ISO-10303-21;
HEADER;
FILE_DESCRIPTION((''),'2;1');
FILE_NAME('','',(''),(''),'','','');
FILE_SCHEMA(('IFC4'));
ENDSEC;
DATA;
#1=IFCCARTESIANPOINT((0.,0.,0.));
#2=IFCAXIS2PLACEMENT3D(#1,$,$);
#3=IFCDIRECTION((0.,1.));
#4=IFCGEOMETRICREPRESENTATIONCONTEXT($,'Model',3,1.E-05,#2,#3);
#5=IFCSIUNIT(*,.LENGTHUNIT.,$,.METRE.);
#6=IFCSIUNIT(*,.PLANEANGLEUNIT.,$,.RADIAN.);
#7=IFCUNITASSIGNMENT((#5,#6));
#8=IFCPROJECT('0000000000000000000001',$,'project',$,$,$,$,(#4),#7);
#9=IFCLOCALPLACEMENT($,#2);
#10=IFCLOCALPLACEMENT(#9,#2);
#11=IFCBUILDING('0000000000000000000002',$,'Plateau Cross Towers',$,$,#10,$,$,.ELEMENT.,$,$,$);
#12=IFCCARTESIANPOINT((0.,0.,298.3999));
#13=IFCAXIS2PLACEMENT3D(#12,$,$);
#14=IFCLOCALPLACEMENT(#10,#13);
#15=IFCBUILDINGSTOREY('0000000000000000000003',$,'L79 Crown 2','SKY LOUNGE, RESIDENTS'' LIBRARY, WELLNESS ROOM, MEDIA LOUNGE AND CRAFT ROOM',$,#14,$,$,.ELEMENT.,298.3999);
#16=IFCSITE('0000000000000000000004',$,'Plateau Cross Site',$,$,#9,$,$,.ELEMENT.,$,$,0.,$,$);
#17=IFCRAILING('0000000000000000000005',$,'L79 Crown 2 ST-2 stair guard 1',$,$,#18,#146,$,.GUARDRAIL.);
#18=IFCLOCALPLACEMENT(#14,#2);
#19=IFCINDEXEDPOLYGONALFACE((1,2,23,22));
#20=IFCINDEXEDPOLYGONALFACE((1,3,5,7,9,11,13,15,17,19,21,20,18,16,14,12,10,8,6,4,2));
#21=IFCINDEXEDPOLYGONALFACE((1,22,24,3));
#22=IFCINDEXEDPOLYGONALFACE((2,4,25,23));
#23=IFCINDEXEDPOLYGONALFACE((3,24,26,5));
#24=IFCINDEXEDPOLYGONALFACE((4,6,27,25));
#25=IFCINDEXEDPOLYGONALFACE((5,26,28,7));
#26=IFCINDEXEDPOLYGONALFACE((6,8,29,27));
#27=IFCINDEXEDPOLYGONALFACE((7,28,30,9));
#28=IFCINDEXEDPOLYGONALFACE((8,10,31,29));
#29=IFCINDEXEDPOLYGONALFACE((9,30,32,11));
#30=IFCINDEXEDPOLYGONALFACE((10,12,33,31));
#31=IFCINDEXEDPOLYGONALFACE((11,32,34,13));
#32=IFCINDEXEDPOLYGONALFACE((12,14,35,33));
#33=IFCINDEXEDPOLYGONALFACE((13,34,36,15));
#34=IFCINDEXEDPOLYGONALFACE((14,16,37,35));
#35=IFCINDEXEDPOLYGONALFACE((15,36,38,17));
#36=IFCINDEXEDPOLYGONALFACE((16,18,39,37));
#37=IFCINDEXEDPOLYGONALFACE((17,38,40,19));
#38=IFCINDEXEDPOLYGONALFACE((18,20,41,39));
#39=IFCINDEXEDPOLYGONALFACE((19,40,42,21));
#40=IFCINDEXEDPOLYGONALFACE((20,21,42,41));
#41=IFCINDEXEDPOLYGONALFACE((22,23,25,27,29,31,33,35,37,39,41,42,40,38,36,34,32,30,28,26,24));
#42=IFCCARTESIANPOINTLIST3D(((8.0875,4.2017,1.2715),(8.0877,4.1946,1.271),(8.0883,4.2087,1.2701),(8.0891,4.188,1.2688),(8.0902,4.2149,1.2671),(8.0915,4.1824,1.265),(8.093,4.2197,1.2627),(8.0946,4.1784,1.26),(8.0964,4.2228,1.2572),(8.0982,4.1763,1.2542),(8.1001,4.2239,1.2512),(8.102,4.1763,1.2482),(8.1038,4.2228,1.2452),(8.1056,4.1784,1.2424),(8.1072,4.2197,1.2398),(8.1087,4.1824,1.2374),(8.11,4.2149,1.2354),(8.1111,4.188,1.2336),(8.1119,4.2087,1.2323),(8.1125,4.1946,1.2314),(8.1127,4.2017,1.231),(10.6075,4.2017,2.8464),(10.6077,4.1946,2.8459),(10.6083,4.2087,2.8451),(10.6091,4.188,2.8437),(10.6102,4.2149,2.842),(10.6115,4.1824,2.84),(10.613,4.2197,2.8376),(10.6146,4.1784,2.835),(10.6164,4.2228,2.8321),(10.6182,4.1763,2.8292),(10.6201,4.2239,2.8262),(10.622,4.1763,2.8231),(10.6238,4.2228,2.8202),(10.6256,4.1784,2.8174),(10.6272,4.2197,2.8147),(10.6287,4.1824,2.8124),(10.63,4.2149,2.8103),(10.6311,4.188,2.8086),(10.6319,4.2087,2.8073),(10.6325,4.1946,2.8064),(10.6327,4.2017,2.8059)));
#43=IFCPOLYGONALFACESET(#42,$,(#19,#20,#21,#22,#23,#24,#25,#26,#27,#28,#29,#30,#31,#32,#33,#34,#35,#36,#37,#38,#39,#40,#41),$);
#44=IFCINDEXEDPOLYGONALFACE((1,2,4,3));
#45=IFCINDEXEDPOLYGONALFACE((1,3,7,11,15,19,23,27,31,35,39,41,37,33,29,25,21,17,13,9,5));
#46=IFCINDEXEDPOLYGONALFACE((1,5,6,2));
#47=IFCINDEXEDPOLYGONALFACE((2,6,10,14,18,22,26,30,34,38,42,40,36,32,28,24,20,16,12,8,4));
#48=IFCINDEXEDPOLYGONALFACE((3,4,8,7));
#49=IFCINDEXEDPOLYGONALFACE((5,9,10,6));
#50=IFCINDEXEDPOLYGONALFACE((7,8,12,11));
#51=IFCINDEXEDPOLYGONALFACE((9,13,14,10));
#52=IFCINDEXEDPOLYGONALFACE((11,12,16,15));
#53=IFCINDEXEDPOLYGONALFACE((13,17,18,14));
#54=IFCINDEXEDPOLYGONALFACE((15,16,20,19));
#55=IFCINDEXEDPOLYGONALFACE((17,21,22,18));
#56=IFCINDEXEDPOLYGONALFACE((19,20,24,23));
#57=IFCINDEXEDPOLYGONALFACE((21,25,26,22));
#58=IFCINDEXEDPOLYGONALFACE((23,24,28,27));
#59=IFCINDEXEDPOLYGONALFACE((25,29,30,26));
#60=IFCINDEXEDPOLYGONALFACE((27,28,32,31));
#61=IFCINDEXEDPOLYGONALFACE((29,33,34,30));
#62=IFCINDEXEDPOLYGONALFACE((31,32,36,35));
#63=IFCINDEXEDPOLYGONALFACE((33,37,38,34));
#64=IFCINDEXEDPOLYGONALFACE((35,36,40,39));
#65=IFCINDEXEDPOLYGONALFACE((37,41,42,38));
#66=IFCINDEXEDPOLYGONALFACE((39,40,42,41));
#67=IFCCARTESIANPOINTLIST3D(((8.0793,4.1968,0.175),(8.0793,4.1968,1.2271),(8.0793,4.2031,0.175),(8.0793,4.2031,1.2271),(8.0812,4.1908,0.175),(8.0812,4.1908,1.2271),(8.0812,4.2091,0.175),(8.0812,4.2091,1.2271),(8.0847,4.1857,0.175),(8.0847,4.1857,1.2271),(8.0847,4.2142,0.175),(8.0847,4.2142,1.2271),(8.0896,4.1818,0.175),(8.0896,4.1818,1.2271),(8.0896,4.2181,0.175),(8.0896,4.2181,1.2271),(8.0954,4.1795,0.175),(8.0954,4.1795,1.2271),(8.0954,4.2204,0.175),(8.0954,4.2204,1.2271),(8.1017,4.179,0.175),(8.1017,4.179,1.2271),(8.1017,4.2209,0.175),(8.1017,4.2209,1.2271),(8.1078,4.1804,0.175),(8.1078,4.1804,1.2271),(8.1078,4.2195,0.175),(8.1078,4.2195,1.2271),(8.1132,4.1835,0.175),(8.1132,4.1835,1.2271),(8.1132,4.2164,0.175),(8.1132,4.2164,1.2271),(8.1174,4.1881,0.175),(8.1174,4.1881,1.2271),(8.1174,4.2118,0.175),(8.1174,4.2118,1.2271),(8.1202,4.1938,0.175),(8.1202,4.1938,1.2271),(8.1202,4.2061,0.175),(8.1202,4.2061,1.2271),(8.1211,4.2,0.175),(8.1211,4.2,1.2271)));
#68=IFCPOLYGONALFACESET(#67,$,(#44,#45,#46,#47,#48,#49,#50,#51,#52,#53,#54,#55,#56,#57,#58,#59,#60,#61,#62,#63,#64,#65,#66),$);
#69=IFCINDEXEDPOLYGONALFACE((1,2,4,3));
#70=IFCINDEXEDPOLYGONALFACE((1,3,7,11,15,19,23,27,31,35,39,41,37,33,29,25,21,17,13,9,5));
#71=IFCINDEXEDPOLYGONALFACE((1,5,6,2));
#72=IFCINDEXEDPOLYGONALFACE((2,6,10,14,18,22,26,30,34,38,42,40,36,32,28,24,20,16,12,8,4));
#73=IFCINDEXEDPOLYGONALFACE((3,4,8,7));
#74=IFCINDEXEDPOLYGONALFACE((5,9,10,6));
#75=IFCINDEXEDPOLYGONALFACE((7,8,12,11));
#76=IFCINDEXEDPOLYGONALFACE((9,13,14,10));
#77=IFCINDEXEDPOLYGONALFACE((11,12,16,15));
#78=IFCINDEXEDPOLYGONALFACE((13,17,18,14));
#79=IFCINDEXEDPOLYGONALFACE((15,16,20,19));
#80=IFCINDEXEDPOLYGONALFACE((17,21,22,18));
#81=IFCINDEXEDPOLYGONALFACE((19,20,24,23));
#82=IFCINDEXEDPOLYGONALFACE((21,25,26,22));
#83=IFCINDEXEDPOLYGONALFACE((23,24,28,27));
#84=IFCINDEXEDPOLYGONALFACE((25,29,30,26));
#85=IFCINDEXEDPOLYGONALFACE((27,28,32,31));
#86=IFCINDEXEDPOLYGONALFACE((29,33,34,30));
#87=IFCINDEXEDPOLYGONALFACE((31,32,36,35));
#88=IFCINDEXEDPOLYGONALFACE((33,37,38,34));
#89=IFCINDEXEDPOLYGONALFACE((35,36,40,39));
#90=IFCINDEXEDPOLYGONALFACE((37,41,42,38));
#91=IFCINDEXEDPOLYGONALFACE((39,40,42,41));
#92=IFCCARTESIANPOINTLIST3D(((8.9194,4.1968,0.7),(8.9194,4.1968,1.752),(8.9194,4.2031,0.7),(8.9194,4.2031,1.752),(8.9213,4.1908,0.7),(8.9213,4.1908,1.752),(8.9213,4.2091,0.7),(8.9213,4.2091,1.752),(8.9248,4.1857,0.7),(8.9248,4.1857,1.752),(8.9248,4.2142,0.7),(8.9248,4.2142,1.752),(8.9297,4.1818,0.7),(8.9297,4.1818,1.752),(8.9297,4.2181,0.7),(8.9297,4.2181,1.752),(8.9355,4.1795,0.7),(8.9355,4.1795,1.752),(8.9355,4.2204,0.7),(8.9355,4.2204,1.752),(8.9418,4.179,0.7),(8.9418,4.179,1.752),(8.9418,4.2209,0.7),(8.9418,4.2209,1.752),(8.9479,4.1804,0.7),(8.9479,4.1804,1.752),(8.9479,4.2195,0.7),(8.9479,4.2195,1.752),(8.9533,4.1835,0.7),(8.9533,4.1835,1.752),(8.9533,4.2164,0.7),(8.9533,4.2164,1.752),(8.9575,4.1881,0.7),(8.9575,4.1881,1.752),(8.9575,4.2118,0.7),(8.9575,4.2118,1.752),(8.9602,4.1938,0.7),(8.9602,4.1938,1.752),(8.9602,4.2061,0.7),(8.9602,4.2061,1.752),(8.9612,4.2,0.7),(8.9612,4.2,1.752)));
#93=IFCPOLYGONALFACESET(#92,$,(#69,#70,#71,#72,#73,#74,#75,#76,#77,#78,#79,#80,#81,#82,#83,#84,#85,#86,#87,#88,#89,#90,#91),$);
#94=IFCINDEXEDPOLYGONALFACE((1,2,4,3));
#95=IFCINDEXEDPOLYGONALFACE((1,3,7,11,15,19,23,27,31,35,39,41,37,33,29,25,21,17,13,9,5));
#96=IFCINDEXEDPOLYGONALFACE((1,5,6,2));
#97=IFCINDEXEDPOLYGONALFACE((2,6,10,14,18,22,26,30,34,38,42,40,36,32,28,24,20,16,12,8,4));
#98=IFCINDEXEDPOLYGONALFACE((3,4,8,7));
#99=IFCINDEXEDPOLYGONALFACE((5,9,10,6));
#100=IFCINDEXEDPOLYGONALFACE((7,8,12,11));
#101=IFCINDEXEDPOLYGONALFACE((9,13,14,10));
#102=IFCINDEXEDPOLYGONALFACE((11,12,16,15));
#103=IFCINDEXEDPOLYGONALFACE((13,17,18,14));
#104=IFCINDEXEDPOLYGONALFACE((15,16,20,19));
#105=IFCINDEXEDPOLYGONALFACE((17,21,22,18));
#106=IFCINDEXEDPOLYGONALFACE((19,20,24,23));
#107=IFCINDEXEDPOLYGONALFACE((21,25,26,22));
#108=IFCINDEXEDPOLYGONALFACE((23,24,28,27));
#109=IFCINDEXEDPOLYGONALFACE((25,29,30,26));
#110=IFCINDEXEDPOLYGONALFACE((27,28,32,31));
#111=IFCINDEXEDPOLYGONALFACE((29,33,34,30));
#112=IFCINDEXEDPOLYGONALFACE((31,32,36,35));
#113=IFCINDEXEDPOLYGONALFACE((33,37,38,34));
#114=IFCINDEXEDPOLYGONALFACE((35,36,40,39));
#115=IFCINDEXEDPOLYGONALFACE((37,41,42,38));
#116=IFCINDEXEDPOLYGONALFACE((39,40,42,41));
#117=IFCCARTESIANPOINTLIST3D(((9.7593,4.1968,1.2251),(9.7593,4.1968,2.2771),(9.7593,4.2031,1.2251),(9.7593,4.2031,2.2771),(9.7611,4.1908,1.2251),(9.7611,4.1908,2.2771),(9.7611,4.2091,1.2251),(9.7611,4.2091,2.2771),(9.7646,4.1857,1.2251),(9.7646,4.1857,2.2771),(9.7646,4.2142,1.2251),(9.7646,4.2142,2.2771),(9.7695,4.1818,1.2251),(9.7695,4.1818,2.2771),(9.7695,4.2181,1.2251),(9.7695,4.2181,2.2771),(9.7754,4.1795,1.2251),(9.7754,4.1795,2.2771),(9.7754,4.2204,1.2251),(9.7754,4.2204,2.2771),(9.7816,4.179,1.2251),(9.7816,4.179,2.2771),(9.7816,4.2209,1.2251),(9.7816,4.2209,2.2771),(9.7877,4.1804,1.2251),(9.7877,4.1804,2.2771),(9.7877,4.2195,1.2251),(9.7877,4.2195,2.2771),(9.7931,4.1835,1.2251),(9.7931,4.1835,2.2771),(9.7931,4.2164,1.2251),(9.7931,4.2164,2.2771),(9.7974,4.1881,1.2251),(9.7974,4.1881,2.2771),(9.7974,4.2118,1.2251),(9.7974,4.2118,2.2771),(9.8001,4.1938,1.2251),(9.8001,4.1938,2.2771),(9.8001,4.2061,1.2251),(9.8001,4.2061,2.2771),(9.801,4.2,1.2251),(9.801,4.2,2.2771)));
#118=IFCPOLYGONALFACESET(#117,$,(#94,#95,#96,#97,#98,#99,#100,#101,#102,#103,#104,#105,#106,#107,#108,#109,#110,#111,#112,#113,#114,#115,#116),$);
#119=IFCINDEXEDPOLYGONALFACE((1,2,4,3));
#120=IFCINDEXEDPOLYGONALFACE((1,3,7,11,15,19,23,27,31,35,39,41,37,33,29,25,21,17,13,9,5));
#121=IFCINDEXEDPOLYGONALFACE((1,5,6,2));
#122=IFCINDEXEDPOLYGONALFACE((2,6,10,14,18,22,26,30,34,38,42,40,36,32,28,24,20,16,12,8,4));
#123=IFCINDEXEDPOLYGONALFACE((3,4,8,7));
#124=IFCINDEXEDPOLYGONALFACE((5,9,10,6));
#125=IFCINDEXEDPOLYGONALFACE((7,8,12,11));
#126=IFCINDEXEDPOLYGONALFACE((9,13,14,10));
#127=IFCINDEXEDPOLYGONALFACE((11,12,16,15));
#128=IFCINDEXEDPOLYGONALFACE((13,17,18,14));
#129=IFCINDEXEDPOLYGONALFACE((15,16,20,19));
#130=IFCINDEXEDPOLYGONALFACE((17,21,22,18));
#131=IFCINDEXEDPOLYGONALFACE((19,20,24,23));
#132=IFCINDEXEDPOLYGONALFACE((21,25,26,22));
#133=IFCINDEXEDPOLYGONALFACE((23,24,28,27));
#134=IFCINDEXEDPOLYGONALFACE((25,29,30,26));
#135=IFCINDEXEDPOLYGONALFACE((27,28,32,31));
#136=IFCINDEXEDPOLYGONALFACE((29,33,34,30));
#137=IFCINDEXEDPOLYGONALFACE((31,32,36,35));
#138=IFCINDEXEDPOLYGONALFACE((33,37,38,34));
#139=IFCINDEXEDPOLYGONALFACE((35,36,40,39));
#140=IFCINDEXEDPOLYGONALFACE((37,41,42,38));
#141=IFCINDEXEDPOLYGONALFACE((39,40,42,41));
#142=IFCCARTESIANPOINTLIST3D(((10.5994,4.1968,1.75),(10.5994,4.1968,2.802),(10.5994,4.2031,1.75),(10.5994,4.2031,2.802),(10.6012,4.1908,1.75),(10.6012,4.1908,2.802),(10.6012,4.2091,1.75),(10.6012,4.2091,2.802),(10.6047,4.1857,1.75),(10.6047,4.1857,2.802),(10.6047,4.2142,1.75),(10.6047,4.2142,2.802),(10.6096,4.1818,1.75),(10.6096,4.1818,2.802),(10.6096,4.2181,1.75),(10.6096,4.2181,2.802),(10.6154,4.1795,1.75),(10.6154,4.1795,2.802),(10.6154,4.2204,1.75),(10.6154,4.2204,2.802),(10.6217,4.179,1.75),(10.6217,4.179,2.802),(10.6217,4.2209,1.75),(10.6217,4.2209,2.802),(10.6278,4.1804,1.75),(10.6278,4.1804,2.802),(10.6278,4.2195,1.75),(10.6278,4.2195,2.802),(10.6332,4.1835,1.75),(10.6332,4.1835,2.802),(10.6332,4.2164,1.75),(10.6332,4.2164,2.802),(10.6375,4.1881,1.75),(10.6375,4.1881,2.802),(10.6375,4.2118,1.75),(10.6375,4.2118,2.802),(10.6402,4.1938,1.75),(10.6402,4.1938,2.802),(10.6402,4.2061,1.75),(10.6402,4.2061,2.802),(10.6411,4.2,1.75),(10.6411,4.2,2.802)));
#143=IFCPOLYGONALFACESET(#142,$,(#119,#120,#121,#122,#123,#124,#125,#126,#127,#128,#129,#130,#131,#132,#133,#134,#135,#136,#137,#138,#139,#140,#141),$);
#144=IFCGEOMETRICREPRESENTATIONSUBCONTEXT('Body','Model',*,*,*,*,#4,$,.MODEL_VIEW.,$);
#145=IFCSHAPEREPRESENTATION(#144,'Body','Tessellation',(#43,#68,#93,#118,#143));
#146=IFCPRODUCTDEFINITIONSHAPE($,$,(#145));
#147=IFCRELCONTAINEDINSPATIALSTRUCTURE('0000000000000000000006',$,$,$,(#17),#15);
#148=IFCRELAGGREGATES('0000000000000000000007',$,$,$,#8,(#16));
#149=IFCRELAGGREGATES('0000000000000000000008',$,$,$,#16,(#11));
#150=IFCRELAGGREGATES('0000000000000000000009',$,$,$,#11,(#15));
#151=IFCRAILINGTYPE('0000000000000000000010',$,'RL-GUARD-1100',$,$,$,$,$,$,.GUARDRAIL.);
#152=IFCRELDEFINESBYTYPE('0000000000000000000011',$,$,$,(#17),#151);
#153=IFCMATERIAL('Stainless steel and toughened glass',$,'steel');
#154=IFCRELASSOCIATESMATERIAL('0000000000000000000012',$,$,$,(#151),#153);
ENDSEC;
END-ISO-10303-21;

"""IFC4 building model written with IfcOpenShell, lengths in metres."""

from ifc_helpers import new_model, si_unit, direction, frame, origin, origin_2d, place, context, subcontext, project, spatial, circle, extrude, material, type_object, element, save


model = new_model("IFC4")

# Units and contexts
model_context = context("Model", 3, precision=1e-05, world=origin(), true_north=direction((0.0, 1.0)))
body_context = subcontext(model_context, "Body", "Model", "MODEL_VIEW")
ifc_project = project(units=[si_unit("LENGTHUNIT", "METRE"), si_unit("PLANEANGLEUNIT", "RADIAN")], contexts=[model_context])

# Site, building, storey
site_placement = place(None, origin())
site = spatial("IfcSite", under=ifc_project, at=site_placement, Name="Plateau Cross Site", CompositionType="ELEMENT", RefElevation=0.0)
building_placement = place(site_placement, origin())
building = spatial("IfcBuilding", under=site, at=building_placement, Name="Plateau Cross Towers", CompositionType="ELEMENT")
storey_placement = place(building_placement, frame((0.0, 0.0, 298.3999)))
storey = spatial("IfcBuildingStorey", under=building, at=storey_placement, Name="L79 Crown 2", Description="SKY LOUNGE, RESIDENTS' LIBRARY, WELLNESS ROOM, MEDIA LOUNGE AND CRAFT ROOM", CompositionType="ELEMENT", Elevation=298.3999)

# Railing
ifc_material_1 = material(Name="Stainless steel and toughened glass", Category="steel")
railing_type_1 = type_object("IfcRailingType", Name="RL-GUARD-1100", PredefinedType="GUARDRAIL", material=ifc_material_1)
railing_1_placement = place(storey_placement, frame((8.1001, 4.2, 0.175)))
element("IfcRailing", 1, at=railing_1_placement, inside=storey, type_object=railing_type_1, Name="L79 Crown 2 ST-2 stair guard 1", PredefinedType="GUARDRAIL", context=body_context, shape_type="SweptSolid", body=[
    extrude(circle(Radius=0.0239, at=origin_2d()), frame((0.0, 0.0, 1.0762), z_axis=(0.848008, 0.0, 0.529984), x_axis=(0.0, 1.0, 0.0)), (0.0, 0.0, 1.0), 2.9717),
    extrude(circle(Radius=0.021, at=origin_2d()), origin(), (0.0, 0.0, 1.0), 1.052),
    extrude(circle(Radius=0.021, at=origin_2d()), frame((0.8401, 0.0, 0.5249)), (0.0, 0.0, 1.0), 1.052),
    extrude(circle(Radius=0.021, at=origin_2d()), frame((1.6799, 0.0, 1.05)), (0.0, 0.0, 1.0), 1.052),
    extrude(circle(Radius=0.021, at=origin_2d()), frame((2.52, 0.0, 1.575)), (0.0, 0.0, 1.0), 1.052),
])

save(model, "model.ifc")
